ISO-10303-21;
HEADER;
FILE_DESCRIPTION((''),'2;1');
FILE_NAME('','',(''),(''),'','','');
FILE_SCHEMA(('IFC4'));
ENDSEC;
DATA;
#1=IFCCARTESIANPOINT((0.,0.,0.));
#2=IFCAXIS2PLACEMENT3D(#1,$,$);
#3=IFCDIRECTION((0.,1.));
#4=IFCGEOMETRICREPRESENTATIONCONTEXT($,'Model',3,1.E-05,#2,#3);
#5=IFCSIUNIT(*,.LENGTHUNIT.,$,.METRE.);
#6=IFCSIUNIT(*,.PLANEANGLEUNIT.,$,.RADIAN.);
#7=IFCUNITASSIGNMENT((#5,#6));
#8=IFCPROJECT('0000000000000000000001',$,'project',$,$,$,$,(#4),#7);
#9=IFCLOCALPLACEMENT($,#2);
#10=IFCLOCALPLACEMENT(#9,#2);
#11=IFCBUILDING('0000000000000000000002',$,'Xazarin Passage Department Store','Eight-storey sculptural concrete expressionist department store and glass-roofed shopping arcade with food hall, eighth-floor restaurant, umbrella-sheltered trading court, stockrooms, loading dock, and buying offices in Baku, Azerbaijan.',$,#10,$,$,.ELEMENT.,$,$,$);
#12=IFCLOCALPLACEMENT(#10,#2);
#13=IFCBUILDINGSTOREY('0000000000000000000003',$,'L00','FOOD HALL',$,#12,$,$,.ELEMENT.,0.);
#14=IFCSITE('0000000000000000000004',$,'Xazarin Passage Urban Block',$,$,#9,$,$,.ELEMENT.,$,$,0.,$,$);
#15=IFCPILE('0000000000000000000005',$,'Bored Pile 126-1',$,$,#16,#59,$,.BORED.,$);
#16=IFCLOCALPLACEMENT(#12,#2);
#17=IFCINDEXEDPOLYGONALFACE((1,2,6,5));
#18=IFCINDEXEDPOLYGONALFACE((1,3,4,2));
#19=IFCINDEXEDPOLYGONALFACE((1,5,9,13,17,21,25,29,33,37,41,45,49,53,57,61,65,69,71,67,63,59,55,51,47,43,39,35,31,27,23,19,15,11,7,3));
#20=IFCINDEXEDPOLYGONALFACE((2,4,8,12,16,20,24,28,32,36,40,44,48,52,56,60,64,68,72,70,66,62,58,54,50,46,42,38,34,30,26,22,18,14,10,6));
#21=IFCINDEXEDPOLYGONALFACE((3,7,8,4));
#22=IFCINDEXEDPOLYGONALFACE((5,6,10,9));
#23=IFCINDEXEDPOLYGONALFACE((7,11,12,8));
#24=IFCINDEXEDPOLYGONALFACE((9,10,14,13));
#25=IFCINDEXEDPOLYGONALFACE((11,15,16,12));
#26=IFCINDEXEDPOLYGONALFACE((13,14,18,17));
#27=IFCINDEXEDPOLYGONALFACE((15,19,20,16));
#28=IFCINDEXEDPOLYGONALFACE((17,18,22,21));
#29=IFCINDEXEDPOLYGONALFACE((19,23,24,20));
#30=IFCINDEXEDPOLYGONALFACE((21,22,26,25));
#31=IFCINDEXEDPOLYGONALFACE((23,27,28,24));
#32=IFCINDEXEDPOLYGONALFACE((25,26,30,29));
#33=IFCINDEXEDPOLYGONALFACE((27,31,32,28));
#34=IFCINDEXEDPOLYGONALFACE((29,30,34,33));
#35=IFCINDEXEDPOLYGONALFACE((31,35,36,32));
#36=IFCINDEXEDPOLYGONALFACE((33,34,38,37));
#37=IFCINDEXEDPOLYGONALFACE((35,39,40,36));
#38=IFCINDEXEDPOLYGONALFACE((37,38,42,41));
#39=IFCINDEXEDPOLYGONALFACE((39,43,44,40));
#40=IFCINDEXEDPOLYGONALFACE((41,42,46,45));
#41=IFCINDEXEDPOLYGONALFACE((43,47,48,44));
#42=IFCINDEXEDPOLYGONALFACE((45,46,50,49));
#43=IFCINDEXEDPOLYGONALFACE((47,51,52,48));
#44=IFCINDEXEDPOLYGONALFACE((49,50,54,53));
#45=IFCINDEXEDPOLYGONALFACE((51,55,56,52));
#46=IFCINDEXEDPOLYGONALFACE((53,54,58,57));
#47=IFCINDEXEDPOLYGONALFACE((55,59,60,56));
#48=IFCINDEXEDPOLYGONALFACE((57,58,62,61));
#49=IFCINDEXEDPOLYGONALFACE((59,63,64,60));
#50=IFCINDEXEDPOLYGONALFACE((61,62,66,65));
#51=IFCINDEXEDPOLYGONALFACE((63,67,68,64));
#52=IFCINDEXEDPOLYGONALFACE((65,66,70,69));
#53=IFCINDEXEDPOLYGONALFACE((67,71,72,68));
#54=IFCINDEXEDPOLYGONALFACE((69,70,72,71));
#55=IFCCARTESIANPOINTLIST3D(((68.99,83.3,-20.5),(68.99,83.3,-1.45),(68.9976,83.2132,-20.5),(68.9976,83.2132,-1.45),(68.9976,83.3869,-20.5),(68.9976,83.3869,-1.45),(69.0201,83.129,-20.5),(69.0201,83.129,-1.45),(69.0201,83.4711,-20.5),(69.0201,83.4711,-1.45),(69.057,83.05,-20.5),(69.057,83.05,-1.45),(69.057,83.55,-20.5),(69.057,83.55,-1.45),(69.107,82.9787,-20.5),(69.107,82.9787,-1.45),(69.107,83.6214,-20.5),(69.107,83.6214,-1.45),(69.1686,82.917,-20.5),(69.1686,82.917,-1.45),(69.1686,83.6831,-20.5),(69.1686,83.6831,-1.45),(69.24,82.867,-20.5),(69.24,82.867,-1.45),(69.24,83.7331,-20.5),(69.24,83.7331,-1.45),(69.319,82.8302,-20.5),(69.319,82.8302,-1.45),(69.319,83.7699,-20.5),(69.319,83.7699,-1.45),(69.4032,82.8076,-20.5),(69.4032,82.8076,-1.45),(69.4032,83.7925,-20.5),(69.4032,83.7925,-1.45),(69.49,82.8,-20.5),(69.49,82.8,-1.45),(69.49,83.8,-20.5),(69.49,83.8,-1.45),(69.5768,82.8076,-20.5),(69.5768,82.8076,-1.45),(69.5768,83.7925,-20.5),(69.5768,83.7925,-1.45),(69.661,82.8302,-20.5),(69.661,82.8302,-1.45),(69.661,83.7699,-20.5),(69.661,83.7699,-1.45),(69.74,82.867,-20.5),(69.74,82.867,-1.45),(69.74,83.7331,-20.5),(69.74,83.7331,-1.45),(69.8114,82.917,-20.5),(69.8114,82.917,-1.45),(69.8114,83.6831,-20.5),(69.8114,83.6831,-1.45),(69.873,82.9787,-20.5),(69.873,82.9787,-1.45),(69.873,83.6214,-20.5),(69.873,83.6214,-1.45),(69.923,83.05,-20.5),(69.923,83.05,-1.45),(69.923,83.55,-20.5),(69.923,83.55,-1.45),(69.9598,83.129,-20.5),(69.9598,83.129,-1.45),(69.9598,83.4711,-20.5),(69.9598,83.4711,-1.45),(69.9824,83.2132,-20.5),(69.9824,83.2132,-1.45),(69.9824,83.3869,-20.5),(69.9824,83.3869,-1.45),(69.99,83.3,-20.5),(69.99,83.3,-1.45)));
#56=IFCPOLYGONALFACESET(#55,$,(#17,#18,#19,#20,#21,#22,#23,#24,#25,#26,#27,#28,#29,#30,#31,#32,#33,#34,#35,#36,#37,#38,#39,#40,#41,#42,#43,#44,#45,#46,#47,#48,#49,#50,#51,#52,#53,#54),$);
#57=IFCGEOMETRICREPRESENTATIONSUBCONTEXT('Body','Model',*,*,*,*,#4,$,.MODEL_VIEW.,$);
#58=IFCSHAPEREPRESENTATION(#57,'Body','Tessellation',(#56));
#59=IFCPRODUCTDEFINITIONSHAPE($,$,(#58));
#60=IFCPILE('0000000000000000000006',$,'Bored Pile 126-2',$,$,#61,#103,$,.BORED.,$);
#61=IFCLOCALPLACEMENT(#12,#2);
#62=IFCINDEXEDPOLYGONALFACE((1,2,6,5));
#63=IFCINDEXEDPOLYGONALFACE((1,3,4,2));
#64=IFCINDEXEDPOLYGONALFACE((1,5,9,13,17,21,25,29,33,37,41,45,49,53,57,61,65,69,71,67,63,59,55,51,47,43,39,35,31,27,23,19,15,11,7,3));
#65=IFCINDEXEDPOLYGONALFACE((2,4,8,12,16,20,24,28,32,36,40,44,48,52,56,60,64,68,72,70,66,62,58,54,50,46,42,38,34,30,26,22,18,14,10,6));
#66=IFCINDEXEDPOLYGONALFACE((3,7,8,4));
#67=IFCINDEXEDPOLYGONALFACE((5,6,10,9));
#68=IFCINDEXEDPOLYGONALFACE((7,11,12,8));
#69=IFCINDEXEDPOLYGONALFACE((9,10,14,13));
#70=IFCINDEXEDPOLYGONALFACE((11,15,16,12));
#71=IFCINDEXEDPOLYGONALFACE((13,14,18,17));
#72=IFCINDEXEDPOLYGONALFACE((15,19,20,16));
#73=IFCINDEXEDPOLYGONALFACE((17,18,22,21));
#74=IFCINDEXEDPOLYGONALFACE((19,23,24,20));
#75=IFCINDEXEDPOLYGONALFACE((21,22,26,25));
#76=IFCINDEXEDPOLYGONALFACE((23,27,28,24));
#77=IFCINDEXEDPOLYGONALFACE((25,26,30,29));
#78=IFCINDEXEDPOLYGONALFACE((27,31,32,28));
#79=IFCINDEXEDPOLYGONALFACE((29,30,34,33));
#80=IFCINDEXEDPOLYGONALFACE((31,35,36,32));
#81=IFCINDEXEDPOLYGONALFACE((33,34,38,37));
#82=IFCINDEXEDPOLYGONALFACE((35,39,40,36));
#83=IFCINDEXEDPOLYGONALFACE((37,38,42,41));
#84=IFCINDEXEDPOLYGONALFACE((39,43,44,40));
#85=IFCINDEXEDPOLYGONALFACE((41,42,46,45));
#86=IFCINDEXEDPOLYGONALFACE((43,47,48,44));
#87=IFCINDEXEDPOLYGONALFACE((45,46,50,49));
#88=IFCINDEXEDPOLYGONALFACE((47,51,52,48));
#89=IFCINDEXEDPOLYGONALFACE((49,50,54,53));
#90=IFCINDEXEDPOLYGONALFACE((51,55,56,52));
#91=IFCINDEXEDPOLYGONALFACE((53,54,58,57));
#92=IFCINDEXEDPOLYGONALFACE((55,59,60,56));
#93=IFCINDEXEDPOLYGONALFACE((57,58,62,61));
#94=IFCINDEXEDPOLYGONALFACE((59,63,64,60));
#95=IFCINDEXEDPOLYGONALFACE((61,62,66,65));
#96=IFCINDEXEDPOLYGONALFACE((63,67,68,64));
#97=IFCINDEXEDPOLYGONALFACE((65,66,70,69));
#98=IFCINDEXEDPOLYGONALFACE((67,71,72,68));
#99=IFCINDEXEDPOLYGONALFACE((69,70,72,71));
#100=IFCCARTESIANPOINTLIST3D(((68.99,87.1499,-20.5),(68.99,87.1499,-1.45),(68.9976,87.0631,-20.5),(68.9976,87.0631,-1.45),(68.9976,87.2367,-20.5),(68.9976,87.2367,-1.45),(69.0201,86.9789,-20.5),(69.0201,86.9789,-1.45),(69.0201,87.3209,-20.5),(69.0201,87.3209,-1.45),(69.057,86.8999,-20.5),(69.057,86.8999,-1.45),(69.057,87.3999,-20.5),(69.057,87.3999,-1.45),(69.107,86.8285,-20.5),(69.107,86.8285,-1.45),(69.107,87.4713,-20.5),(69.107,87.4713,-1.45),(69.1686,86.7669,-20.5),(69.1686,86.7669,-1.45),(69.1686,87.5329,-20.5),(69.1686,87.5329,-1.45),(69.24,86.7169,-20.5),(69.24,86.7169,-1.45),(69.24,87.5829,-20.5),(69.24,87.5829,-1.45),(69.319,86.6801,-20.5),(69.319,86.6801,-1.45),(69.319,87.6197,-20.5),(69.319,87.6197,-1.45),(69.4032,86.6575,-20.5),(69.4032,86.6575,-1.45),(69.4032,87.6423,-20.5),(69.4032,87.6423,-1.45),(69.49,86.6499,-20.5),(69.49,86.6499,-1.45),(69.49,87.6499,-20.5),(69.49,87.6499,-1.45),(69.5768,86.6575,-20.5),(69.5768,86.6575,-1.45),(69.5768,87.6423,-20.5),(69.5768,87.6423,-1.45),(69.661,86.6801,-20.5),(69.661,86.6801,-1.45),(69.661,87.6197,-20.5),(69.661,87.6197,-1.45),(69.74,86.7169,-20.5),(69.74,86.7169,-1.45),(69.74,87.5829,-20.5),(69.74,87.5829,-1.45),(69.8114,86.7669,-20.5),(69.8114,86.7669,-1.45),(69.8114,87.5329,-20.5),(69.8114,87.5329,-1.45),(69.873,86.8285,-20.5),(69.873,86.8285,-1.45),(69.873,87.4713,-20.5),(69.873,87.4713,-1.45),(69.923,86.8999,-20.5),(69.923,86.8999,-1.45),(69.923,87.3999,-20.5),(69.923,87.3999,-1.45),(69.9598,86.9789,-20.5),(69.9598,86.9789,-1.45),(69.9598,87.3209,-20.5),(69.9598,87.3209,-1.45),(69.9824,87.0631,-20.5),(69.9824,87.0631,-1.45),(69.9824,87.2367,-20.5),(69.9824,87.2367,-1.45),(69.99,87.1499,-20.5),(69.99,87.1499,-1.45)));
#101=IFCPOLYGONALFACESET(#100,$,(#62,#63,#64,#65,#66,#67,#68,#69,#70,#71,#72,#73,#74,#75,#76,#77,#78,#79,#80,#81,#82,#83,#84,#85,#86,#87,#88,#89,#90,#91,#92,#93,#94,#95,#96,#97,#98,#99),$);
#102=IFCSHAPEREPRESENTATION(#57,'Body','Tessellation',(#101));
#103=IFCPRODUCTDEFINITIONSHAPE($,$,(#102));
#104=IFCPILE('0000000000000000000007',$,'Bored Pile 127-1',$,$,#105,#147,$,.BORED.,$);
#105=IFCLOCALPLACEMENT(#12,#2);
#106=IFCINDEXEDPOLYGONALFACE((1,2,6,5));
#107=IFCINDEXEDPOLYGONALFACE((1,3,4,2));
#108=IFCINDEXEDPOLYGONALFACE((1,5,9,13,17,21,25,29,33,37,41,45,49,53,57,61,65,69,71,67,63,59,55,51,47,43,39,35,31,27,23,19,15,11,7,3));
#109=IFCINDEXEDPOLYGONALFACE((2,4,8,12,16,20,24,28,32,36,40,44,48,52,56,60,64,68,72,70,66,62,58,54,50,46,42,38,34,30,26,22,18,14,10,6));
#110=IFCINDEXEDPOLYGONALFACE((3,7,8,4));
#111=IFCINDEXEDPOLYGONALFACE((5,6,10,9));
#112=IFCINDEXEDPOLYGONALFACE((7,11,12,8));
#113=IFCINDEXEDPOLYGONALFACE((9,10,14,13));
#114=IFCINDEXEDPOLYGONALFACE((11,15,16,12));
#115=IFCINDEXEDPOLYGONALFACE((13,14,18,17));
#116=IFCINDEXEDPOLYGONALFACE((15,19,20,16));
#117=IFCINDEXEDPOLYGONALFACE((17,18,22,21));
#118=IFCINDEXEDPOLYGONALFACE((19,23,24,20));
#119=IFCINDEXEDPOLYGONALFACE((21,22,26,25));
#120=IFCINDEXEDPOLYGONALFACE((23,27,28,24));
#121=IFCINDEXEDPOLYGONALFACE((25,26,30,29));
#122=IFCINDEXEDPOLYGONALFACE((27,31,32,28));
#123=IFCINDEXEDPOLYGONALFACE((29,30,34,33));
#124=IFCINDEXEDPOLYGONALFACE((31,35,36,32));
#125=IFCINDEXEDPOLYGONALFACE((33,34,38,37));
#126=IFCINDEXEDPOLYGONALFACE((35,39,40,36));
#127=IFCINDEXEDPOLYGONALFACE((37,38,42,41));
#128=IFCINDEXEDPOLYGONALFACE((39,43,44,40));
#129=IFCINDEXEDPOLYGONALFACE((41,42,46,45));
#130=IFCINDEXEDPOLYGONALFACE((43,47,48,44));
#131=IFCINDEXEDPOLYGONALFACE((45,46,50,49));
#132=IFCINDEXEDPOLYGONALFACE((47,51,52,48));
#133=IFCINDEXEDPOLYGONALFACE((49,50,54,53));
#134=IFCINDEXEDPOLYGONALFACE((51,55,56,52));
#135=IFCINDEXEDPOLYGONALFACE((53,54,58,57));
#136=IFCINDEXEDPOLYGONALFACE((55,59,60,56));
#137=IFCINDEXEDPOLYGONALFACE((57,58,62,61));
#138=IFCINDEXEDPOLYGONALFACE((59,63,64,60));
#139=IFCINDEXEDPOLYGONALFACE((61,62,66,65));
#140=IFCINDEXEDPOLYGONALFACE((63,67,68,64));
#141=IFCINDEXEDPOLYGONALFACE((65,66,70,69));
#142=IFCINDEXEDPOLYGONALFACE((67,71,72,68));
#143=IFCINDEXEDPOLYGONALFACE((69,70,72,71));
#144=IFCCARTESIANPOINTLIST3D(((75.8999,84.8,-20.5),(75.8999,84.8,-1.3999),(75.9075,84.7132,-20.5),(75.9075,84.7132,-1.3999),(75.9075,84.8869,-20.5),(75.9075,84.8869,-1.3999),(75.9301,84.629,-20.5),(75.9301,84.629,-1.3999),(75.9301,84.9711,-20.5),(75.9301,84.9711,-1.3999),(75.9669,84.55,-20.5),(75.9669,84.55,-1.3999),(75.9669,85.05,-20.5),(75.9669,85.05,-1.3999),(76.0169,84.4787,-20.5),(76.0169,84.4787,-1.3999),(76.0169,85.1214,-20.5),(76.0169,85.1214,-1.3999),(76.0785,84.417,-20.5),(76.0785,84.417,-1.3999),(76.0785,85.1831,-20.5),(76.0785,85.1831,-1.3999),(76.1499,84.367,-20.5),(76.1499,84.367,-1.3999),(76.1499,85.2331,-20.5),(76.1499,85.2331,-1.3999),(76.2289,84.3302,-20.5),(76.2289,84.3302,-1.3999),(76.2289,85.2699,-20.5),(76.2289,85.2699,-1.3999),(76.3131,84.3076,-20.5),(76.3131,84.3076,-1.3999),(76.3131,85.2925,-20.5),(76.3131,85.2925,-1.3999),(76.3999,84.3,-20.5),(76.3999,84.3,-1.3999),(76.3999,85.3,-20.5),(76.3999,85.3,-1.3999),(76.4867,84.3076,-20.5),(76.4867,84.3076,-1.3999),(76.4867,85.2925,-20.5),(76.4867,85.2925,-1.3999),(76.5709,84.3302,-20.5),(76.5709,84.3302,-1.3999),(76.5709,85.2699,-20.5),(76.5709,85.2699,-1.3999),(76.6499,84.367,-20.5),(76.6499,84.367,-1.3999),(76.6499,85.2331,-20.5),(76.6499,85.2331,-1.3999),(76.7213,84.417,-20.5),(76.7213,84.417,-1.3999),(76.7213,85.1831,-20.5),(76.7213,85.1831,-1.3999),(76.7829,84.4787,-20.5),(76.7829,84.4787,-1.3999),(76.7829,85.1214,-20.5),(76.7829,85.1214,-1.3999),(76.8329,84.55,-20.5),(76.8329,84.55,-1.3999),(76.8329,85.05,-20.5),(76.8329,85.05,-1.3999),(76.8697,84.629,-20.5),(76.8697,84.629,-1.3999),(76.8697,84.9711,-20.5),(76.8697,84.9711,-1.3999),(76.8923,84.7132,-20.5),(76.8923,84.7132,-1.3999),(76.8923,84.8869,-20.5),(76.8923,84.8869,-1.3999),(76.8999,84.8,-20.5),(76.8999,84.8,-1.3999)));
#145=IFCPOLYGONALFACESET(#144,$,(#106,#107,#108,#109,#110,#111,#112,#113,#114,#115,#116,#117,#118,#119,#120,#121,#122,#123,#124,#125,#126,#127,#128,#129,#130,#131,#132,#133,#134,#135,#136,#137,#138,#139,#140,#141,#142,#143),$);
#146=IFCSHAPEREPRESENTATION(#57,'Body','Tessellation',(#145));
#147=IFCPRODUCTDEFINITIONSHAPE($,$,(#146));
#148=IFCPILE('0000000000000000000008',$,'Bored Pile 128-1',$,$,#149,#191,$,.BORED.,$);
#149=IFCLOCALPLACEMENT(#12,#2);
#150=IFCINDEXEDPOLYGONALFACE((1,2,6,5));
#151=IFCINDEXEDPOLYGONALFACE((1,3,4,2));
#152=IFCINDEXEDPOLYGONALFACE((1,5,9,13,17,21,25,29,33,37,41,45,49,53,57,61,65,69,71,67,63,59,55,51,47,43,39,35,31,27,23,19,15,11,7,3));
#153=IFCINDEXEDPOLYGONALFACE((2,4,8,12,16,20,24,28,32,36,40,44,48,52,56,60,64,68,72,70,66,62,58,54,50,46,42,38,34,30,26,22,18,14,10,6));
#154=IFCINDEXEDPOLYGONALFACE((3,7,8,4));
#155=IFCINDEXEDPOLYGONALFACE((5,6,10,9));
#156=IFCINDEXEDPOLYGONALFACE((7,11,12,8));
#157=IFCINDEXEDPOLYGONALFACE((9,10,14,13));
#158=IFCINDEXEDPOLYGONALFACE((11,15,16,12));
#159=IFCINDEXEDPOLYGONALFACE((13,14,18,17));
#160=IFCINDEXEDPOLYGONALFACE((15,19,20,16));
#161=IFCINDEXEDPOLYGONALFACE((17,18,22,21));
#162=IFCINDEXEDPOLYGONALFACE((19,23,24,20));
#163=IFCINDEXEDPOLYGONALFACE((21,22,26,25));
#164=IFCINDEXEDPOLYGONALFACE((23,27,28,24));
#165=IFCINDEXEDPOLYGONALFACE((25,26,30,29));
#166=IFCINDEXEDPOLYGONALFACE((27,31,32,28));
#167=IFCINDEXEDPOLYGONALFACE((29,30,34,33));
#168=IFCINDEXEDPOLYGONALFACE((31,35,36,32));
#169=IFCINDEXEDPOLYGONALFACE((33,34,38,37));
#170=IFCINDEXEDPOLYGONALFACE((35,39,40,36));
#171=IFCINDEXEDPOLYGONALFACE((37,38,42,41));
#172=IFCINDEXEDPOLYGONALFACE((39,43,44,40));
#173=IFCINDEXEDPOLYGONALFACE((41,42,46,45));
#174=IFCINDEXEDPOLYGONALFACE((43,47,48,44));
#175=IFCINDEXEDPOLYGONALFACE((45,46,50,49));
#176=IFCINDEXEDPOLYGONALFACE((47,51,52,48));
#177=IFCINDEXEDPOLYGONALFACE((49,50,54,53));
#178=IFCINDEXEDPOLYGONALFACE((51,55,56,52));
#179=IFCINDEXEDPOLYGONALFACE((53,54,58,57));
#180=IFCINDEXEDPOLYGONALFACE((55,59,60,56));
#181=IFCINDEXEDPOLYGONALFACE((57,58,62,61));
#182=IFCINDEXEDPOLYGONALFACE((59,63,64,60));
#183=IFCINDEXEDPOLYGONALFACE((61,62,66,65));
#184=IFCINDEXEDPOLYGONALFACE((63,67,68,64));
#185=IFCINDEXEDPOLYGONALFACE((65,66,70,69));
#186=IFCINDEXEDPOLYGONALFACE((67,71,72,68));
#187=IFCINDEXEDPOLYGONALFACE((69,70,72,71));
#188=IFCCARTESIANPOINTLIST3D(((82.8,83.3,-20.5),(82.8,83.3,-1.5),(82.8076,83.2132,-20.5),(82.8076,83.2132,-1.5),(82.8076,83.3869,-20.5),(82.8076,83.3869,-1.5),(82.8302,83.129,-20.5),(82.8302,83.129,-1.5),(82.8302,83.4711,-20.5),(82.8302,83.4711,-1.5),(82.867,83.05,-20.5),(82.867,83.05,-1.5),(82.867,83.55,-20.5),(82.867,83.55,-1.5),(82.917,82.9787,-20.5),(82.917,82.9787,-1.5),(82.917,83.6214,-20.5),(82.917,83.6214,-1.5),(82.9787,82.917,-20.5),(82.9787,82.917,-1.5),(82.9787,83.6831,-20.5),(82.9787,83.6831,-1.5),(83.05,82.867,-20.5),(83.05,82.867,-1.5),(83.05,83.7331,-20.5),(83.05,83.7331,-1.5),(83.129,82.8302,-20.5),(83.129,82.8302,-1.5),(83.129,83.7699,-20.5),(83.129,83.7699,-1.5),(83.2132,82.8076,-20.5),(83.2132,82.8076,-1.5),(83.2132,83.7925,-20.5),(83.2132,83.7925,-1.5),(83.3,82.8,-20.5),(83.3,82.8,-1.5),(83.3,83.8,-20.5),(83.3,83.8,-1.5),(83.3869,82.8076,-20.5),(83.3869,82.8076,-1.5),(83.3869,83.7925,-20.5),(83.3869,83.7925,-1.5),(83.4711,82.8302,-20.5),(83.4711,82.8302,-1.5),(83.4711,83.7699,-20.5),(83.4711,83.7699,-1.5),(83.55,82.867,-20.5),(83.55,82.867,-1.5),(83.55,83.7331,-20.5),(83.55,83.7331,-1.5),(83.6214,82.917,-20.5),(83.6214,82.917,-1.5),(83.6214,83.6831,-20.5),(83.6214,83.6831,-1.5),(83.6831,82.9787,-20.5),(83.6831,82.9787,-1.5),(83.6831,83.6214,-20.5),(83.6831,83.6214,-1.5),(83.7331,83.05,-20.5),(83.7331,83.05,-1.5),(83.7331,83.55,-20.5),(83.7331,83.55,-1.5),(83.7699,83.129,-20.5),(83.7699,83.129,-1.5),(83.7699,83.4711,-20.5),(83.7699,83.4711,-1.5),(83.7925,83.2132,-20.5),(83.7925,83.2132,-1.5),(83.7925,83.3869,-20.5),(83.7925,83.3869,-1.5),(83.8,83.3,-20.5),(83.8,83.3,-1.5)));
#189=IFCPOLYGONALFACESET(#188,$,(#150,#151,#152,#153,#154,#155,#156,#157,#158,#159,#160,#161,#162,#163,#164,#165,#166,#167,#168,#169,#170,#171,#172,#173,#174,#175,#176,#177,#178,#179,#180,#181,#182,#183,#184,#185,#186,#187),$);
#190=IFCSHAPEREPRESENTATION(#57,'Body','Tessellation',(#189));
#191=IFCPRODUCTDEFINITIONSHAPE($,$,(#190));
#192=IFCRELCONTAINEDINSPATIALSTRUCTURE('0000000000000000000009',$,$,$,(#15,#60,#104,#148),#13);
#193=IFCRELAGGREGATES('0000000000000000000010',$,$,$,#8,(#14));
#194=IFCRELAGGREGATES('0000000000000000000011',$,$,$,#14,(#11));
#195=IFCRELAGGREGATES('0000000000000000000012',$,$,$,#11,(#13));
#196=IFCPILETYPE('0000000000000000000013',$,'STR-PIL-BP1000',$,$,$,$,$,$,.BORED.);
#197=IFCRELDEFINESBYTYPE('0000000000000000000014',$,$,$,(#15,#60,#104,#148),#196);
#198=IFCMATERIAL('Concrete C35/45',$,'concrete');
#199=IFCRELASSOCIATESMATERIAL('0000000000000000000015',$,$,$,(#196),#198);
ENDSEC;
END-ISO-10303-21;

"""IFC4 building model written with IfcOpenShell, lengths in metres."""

from ifc_helpers import new_model, si_unit, direction, frame, origin, origin_2d, place, context, subcontext, project, spatial, circle, extrude, material, material_profile, profile_set, type_object, element, save


model = new_model("IFC4")

# Units and contexts
model_context = context("Model", 3, precision=1e-05, world=origin(), true_north=direction((0.0, 1.0)))
body_context = subcontext(model_context, "Body", "Model", "MODEL_VIEW")
ifc_project = project(units=[si_unit("LENGTHUNIT", "METRE"), si_unit("PLANEANGLEUNIT", "RADIAN")], contexts=[model_context])

# Site, building, storey
site_placement = place(None, origin())
site = spatial("IfcSite", under=ifc_project, at=site_placement, Name="Xazarin Passage Urban Block", CompositionType="ELEMENT", RefElevation=0.0)
building_placement = place(site_placement, origin())
building = spatial("IfcBuilding", under=site, at=building_placement, Name="Xazarin Passage Department Store", Description="Eight-storey sculptural concrete expressionist department store and glass-roofed shopping arcade with food hall, eighth-floor restaurant, umbrella-sheltered trading court, stockrooms, loading dock, and buying offices in Baku, Azerbaijan.", CompositionType="ELEMENT")
storey_placement = place(building_placement, origin())
storey = spatial("IfcBuildingStorey", under=building, at=storey_placement, Name="L00", Description="FOOD HALL", CompositionType="ELEMENT", Elevation=0.0)

# Shared definitions
ifc_material_1 = material(Name="Concrete C35/45", Category="concrete")

# Piles
ifc_material_profile_1 = material_profile(ifc_material_1, circle(Radius=0.5, at=origin_2d()), Name="BP 1000")
ifc_profile_set_1 = profile_set([ifc_material_profile_1], Name="Concrete C35/45")
pile_type_1 = type_object("IfcPileType", Name="STR-PIL-BP1000", PredefinedType="BORED", material=ifc_profile_set_1)
for number, where, z_axis, x_axis, name in (
    (1, (69.49, 83.3, -1.45), (0.0, 0.0, -1.0), (1.0, 0.0, 0.0), "Bored Pile 126-1"),
    (2, (69.49, 87.1499, -1.45), (0.0, 0.0, -1.0), (1.0, 0.0, 0.0), "Bored Pile 126-2"),
):
    element("IfcPile", number, at=place(storey_placement, frame(where, z_axis=z_axis, x_axis=x_axis)), inside=storey, type_object=pile_type_1, Name=name, PredefinedType="BORED", context=body_context, shape_type="SweptSolid", body=[
        extrude(circle(Radius=0.5, at=origin_2d()), origin(), (0.0, 0.0, 1.0), 19.05),
    ])
pile_1_placement = place(storey_placement, frame((76.3999, 84.8, -1.3999), z_axis=(0.0, 0.0, -1.0), x_axis=(1.0, 0.0, 0.0)))
element("IfcPile", 3, at=pile_1_placement, inside=storey, type_object=pile_type_1, Name="Bored Pile 127-1", PredefinedType="BORED", context=body_context, shape_type="SweptSolid", body=[
    extrude(circle(Radius=0.5, at=origin_2d()), origin(), (0.0, 0.0, 1.0), 19.1001),
])
pile_2_placement = place(storey_placement, frame((83.3, 83.3, -1.5), z_axis=(0.0, 0.0, -1.0), x_axis=(1.0, 0.0, 0.0)))
element("IfcPile", 4, at=pile_2_placement, inside=storey, type_object=pile_type_1, Name="Bored Pile 128-1", PredefinedType="BORED", context=body_context, shape_type="SweptSolid", body=[
    extrude(circle(Radius=0.5, at=origin_2d()), origin(), (0.0, 0.0, 1.0), 19.0),
])

save(model, "model.ifc")
